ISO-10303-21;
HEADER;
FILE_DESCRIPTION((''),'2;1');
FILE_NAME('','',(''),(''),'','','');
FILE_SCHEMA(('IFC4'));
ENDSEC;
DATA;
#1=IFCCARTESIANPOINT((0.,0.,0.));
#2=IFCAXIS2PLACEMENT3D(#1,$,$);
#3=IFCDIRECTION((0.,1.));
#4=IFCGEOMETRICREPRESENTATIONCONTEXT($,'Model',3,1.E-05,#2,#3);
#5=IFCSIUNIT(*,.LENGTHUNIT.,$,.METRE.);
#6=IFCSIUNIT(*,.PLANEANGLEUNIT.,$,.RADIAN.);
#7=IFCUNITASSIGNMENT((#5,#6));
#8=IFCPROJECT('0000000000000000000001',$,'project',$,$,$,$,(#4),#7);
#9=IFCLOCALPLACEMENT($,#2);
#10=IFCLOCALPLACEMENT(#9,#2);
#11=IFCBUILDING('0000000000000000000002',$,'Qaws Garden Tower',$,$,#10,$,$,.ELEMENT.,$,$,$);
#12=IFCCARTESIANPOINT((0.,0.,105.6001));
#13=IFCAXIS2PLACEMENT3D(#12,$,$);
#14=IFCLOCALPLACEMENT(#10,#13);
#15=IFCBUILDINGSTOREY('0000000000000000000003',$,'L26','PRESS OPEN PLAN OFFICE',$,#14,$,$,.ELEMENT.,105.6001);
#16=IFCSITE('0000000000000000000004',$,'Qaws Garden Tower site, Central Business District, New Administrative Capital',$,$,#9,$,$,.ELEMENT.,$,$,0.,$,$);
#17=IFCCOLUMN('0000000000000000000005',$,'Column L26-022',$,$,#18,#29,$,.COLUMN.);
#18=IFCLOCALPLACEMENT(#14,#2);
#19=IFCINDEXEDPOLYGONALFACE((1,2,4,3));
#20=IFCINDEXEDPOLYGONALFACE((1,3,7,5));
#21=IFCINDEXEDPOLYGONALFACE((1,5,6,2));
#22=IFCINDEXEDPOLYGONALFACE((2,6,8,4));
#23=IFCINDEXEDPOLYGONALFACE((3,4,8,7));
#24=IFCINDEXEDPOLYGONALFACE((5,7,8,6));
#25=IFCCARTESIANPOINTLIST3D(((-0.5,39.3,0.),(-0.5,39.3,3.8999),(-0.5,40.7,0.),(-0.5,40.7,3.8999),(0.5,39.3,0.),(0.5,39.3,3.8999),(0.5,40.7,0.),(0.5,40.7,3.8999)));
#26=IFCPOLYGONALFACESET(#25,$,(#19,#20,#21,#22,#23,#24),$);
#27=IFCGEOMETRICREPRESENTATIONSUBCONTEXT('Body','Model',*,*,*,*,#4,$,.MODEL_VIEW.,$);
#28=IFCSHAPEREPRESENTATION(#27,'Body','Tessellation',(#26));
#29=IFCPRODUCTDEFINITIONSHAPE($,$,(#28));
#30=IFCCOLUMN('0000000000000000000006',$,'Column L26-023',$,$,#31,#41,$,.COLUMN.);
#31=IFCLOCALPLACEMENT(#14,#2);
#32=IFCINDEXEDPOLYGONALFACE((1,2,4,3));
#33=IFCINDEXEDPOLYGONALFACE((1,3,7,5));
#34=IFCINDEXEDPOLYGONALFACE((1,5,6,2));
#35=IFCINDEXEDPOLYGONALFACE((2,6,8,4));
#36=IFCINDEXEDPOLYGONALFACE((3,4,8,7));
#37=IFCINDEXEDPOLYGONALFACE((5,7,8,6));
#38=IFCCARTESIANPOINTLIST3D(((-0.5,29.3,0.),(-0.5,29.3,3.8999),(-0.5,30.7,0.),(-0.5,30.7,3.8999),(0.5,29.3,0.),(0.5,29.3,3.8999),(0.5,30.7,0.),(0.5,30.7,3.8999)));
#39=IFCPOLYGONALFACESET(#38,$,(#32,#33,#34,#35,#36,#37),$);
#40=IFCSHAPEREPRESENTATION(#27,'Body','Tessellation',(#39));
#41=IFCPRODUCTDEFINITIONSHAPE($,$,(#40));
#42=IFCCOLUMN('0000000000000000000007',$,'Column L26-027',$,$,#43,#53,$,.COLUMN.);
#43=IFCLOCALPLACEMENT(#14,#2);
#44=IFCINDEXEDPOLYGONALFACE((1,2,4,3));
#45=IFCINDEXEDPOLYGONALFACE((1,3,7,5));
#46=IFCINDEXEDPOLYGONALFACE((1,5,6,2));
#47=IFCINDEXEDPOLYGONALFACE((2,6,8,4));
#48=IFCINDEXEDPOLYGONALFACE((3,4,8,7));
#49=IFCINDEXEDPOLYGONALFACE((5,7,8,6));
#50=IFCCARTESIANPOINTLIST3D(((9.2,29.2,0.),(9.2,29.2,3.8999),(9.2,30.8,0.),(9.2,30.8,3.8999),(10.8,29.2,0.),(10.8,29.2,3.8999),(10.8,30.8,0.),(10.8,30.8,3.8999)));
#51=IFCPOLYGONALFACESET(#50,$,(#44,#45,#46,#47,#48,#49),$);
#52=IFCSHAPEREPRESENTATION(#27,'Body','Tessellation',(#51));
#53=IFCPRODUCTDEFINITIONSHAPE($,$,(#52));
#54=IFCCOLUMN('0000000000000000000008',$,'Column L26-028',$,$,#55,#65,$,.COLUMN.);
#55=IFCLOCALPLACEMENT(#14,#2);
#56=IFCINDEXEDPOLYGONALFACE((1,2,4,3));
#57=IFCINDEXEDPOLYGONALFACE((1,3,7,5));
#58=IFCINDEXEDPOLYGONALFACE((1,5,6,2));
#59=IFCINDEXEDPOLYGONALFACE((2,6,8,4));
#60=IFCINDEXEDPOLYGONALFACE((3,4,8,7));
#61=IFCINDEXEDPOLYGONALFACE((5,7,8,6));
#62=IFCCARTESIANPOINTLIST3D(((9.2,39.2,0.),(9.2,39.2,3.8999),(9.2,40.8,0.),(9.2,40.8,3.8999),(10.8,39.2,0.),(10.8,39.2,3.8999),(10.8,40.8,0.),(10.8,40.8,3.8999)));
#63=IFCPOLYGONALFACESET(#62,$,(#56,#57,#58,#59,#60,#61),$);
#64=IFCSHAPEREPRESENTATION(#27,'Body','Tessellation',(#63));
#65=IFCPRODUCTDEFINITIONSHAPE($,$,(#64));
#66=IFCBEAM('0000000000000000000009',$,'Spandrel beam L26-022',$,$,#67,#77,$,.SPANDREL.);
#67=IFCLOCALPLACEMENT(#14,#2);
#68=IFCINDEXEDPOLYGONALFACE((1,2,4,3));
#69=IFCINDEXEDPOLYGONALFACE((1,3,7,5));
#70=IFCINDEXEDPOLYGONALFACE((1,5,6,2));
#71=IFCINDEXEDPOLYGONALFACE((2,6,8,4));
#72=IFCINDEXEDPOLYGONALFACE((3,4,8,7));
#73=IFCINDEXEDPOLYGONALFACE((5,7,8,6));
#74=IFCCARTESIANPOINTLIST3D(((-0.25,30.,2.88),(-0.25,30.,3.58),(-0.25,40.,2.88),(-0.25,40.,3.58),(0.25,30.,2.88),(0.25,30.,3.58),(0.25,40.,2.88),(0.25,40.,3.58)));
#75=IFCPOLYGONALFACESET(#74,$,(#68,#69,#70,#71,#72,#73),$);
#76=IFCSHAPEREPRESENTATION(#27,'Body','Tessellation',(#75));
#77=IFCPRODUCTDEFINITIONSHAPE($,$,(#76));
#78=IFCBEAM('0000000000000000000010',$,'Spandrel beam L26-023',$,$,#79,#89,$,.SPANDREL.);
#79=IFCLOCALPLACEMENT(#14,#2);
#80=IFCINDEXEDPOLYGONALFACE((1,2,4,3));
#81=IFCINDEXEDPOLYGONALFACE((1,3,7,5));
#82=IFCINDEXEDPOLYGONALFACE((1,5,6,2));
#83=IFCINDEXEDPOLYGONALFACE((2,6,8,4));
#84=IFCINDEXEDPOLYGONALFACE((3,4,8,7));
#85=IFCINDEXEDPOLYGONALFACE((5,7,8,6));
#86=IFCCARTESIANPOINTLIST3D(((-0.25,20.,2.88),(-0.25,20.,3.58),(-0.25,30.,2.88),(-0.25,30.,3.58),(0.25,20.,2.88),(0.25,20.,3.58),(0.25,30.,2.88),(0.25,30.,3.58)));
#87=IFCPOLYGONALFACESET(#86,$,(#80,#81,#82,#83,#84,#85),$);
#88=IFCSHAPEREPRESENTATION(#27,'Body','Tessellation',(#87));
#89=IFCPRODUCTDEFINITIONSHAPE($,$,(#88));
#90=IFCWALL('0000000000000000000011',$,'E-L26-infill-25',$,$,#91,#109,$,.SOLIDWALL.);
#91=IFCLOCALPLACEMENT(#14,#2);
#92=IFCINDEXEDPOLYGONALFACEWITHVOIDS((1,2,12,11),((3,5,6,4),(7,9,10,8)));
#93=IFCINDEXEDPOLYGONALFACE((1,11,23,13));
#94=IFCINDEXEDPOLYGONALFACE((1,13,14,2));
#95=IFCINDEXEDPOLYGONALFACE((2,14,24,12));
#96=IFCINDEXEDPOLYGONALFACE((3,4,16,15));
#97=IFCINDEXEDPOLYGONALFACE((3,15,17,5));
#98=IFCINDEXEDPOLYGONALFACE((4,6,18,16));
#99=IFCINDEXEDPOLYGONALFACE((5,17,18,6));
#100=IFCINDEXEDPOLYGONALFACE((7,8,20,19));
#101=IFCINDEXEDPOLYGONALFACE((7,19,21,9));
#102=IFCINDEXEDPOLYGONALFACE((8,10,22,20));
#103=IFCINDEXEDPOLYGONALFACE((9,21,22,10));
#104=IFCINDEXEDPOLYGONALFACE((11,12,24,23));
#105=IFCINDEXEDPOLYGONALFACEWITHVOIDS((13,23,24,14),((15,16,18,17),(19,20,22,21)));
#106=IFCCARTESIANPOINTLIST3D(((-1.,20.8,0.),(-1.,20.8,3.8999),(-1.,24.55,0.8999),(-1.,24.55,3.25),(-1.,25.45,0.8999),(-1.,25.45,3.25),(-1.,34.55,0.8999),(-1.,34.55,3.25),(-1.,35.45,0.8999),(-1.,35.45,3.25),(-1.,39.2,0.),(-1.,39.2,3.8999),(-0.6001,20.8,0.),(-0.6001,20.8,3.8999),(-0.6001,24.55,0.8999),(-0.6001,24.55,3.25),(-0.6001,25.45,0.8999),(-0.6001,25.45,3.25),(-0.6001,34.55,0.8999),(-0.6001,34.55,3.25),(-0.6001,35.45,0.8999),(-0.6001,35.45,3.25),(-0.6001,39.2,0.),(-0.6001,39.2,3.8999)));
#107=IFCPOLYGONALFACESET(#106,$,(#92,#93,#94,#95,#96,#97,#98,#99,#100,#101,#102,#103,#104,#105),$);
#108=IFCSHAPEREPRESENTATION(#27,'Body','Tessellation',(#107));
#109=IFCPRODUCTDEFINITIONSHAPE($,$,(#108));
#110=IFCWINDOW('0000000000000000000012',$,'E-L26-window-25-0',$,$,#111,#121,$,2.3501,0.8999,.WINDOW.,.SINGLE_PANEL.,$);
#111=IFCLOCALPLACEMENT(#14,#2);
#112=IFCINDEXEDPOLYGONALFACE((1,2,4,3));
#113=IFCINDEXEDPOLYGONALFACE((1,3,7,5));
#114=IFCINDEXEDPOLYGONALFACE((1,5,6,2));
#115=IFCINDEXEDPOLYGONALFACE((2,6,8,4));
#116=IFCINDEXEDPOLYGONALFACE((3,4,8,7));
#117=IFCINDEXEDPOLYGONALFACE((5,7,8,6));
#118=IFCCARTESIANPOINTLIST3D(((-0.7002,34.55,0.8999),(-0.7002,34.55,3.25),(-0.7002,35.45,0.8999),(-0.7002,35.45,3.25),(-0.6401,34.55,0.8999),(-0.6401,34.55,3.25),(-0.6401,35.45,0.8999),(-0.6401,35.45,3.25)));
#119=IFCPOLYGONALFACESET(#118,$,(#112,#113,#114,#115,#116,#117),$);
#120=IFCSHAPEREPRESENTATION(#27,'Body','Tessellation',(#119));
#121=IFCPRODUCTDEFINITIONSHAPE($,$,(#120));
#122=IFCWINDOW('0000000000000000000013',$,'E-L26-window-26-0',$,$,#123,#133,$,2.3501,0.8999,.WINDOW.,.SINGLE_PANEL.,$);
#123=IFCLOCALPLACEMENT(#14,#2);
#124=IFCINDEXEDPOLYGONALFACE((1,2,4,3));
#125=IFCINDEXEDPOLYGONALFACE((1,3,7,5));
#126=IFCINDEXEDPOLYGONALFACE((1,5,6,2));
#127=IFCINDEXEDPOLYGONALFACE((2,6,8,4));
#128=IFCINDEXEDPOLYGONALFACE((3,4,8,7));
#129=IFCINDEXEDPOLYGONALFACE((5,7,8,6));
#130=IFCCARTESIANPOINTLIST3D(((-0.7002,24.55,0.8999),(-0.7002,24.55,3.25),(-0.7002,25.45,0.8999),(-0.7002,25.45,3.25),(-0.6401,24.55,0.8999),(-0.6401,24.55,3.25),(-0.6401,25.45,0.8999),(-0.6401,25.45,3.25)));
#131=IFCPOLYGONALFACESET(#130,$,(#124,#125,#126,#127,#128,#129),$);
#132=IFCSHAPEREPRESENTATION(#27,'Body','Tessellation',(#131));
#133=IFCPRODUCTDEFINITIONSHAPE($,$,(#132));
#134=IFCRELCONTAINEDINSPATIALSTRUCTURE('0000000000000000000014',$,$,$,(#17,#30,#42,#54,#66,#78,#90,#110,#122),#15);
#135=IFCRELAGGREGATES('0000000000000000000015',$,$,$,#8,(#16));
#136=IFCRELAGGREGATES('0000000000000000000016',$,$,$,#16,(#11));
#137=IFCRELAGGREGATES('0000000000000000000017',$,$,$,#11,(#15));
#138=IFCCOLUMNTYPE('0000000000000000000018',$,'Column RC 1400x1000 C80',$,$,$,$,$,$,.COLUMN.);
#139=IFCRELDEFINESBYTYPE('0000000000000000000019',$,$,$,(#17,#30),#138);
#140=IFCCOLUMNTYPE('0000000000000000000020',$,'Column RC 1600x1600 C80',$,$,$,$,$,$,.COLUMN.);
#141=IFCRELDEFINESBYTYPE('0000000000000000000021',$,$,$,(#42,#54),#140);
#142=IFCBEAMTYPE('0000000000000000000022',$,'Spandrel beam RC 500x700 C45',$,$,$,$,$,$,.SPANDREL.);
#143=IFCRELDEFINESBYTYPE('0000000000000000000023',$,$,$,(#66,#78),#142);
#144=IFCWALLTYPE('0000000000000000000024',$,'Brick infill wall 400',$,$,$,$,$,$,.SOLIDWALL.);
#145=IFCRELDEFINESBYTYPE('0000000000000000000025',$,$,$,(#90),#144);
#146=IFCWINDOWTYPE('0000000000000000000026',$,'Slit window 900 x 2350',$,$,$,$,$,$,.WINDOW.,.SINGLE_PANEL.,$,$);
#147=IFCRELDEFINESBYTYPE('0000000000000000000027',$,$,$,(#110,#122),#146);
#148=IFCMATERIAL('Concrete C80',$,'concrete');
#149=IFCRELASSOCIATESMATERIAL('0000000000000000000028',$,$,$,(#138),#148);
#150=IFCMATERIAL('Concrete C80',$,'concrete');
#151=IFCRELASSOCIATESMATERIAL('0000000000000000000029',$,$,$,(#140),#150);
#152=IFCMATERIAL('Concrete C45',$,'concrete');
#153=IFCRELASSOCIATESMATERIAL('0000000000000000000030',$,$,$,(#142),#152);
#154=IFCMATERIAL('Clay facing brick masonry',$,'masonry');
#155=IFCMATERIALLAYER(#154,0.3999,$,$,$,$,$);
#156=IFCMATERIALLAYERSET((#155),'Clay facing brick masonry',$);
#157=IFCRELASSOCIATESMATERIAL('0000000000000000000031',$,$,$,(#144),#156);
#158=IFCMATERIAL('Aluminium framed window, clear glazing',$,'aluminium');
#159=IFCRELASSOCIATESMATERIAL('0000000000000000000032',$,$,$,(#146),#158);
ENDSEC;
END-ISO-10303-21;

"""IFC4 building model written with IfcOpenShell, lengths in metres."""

from ifc_helpers import new_model, si_unit, direction, frame, frame_2d, origin, origin_2d, place, context, subcontext, project, spatial, rectangle, extrude, material, layer, layer_set, material_profile, profile_set, type_object, element, fill, save


model = new_model("IFC4")

# Units and contexts
model_context = context("Model", 3, precision=1e-05, world=origin(), true_north=direction((0.0, 1.0)))
body_context = subcontext(model_context, "Body", "Model", "MODEL_VIEW")
ifc_project = project(units=[si_unit("LENGTHUNIT", "METRE"), si_unit("PLANEANGLEUNIT", "RADIAN")], contexts=[model_context])

# Site, building, storey
site_placement = place(None, origin())
site = spatial("IfcSite", under=ifc_project, at=site_placement, Name="Qaws Garden Tower site, Central Business District, New Administrative Capital", CompositionType="ELEMENT", RefElevation=0.0)
building_placement = place(site_placement, origin())
building = spatial("IfcBuilding", under=site, at=building_placement, Name="Qaws Garden Tower", CompositionType="ELEMENT")
storey_placement = place(building_placement, frame((0.0, 0.0, 105.6001)))
storey = spatial("IfcBuildingStorey", under=building, at=storey_placement, Name="L26", Description="PRESS OPEN PLAN OFFICE", CompositionType="ELEMENT", Elevation=105.6001)

# Columns
ifc_material_1 = material(Name="Concrete C80", Category="concrete")
ifc_material_profile_1 = material_profile(ifc_material_1, rectangle(XDim=1.3999, YDim=1.0, at=origin_2d()), Name="RC 1400x1000")
ifc_profile_set_1 = profile_set([ifc_material_profile_1], Name="Concrete C80")
column_type_1 = type_object("IfcColumnType", Name="Column RC 1400x1000 C80", PredefinedType="COLUMN", material=ifc_profile_set_1)
for number, where, z_axis, x_axis, name in (
    (1, (0.0, 40.0, 0.0), (0.0, 0.0, 1.0), (0.0, 1.0, 0.0), "Column L26-022"),
    (2, (0.0, 30.0, 0.0), (0.0, 0.0, 1.0), (0.0, 1.0, 0.0), "Column L26-023"),
):
    element("IfcColumn", number, at=place(storey_placement, frame(where, z_axis=z_axis, x_axis=x_axis)), inside=storey, type_object=column_type_1, Name=name, PredefinedType="COLUMN", context=body_context, shape_type="SweptSolid", body=[
        extrude(rectangle(XDim=1.3999, YDim=1.0, at=origin_2d()), origin(), (0.0, 0.0, 1.0), 3.8999),
    ])
ifc_material_2 = material(Name="Concrete C80", Category="concrete")
ifc_material_profile_2 = material_profile(ifc_material_2, rectangle(XDim=1.6001, YDim=1.6001, at=origin_2d()), Name="RC 1600x1600")
ifc_profile_set_2 = profile_set([ifc_material_profile_2], Name="Concrete C80")
column_type_2 = type_object("IfcColumnType", Name="Column RC 1600x1600 C80", PredefinedType="COLUMN", material=ifc_profile_set_2)
for number, where, z_axis, x_axis, name in (
    (3, (10.0, 30.0, 0.0), (0.0, 0.0, 1.0), (1.0, 0.0, 0.0), "Column L26-027"),
    (4, (10.0, 40.0, 0.0), (0.0, 0.0, 1.0), (1.0, 0.0, 0.0), "Column L26-028"),
):
    element("IfcColumn", number, at=place(storey_placement, frame(where, z_axis=z_axis, x_axis=x_axis)), inside=storey, type_object=column_type_2, Name=name, PredefinedType="COLUMN", context=body_context, shape_type="SweptSolid", body=[
        extrude(rectangle(XDim=1.6001, YDim=1.6001, at=origin_2d()), origin(), (0.0, 0.0, 1.0), 3.8999),
    ])

# Beams
ifc_material_3 = material(Name="Concrete C45", Category="concrete")
ifc_material_profile_3 = material_profile(ifc_material_3, rectangle(XDim=0.5, YDim=0.7, at=origin_2d()), Name="RC 500x700")
ifc_profile_set_3 = profile_set([ifc_material_profile_3], Name="Concrete C45")
beam_type = type_object("IfcBeamType", Name="Spandrel beam RC 500x700 C45", PredefinedType="SPANDREL", material=ifc_profile_set_3)
for number, where, z_axis, x_axis, name in (
    (5, (0.0, 40.0, 3.23), (0.0, -1.0, 0.0), (1.0, 0.0, 0.0), "Spandrel beam L26-022"),
    (6, (0.0, 30.0, 3.23), (0.0, -1.0, 0.0), (1.0, 0.0, 0.0), "Spandrel beam L26-023"),
):
    element("IfcBeam", number, at=place(storey_placement, frame(where, z_axis=z_axis, x_axis=x_axis)), inside=storey, type_object=beam_type, Name=name, PredefinedType="SPANDREL", context=body_context, shape_type="SweptSolid", body=[
        extrude(rectangle(XDim=0.5, YDim=0.7, at=origin_2d()), origin(), (0.0, 0.0, 1.0), 10.0),
    ])

# Wall, openings, windows
ifc_material_4 = material(Name="Clay facing brick masonry", Category="masonry")
ifc_layer_1 = layer(ifc_material_4, 0.3999)
ifc_layer_set_1 = layer_set([ifc_layer_1], Name="Clay facing brick masonry")
wall_type_1 = type_object("IfcWallType", Name="Brick infill wall 400", PredefinedType="SOLIDWALL", material=ifc_layer_set_1)
wall_1_placement = place(storey_placement, frame((-0.8, 39.2, 0.0), z_axis=(0.0, 0.0, 1.0), x_axis=(0.0, -1.0, 0.0)))
wall_1 = element("IfcWall", 7, at=wall_1_placement, inside=storey, type_object=wall_type_1, Name="E-L26-infill-25", PredefinedType="SOLIDWALL", context=body_context, shape_type="SweptSolid", body=[
    extrude(rectangle(XDim=18.3999, YDim=0.3999, at=frame_2d((9.2, 0.0))), origin(), (0.0, 0.0, 1.0), 3.8999),
])
opening_1_placement = place(wall_1_placement, frame((3.75, 0.0, 0.8999)))
opening_1 = element("IfcOpeningElement", 8, at=opening_1_placement, cuts=wall_1, PredefinedType="OPENING", context=body_context, shape_type="SweptSolid", body=[
    extrude(rectangle(XDim=0.8999, YDim=2.3501, at=frame_2d((0.45, 1.175))), frame((0.0, 0.21, 0.0), z_axis=(0.0, -1.0, 0.0), x_axis=(1.0, 0.0, 0.0)), (0.0, 0.0, 1.0), 0.4199),
])
opening_2_placement = place(wall_1_placement, frame((13.75, 0.0, 0.8999)))
opening_2 = element("IfcOpeningElement", 9, at=opening_2_placement, cuts=wall_1, PredefinedType="OPENING", context=body_context, shape_type="SweptSolid", body=[
    extrude(rectangle(XDim=0.8999, YDim=2.3501, at=frame_2d((0.45, 1.175))), frame((0.0, 0.21, 0.0), z_axis=(0.0, -1.0, 0.0), x_axis=(1.0, 0.0, 0.0)), (0.0, 0.0, 1.0), 0.4199),
])
ifc_material_5 = material(Name="Aluminium framed window, clear glazing", Category="aluminium")
window_type = type_object("IfcWindowType", Name="Slit window 900 x 2350", PartitioningType="SINGLE_PANEL", PredefinedType="WINDOW", material=ifc_material_5)
window_1_placement = place(opening_1_placement, origin())
window_1 = element("IfcWindow", 10, at=window_1_placement, inside=storey, type_object=window_type, Name="E-L26-window-25-0", OverallHeight=2.3501, OverallWidth=0.8999, PartitioningType="SINGLE_PANEL", PredefinedType="WINDOW", context=body_context, shape_type="SweptSolid", body=[
    extrude(rectangle(XDim=0.8999, YDim=2.3501, at=frame_2d((0.45, 1.175))), frame((0.0, 0.1599, 0.0), z_axis=(0.0, -1.0, 0.0), x_axis=(1.0, 0.0, 0.0)), (0.0, 0.0, 1.0), 0.0601),
])
fill(opening_1, window_1)
window_2_placement = place(opening_2_placement, origin())
window_2 = element("IfcWindow", 11, at=window_2_placement, inside=storey, type_object=window_type, Name="E-L26-window-26-0", OverallHeight=2.3501, OverallWidth=0.8999, PartitioningType="SINGLE_PANEL", PredefinedType="WINDOW", context=body_context, shape_type="SweptSolid", body=[
    extrude(rectangle(XDim=0.8999, YDim=2.3501, at=frame_2d((0.45, 1.175))), frame((0.0, 0.1599, 0.0), z_axis=(0.0, -1.0, 0.0), x_axis=(1.0, 0.0, 0.0)), (0.0, 0.0, 1.0), 0.0601),
])
fill(opening_2, window_2)

save(model, "model.ifc")
